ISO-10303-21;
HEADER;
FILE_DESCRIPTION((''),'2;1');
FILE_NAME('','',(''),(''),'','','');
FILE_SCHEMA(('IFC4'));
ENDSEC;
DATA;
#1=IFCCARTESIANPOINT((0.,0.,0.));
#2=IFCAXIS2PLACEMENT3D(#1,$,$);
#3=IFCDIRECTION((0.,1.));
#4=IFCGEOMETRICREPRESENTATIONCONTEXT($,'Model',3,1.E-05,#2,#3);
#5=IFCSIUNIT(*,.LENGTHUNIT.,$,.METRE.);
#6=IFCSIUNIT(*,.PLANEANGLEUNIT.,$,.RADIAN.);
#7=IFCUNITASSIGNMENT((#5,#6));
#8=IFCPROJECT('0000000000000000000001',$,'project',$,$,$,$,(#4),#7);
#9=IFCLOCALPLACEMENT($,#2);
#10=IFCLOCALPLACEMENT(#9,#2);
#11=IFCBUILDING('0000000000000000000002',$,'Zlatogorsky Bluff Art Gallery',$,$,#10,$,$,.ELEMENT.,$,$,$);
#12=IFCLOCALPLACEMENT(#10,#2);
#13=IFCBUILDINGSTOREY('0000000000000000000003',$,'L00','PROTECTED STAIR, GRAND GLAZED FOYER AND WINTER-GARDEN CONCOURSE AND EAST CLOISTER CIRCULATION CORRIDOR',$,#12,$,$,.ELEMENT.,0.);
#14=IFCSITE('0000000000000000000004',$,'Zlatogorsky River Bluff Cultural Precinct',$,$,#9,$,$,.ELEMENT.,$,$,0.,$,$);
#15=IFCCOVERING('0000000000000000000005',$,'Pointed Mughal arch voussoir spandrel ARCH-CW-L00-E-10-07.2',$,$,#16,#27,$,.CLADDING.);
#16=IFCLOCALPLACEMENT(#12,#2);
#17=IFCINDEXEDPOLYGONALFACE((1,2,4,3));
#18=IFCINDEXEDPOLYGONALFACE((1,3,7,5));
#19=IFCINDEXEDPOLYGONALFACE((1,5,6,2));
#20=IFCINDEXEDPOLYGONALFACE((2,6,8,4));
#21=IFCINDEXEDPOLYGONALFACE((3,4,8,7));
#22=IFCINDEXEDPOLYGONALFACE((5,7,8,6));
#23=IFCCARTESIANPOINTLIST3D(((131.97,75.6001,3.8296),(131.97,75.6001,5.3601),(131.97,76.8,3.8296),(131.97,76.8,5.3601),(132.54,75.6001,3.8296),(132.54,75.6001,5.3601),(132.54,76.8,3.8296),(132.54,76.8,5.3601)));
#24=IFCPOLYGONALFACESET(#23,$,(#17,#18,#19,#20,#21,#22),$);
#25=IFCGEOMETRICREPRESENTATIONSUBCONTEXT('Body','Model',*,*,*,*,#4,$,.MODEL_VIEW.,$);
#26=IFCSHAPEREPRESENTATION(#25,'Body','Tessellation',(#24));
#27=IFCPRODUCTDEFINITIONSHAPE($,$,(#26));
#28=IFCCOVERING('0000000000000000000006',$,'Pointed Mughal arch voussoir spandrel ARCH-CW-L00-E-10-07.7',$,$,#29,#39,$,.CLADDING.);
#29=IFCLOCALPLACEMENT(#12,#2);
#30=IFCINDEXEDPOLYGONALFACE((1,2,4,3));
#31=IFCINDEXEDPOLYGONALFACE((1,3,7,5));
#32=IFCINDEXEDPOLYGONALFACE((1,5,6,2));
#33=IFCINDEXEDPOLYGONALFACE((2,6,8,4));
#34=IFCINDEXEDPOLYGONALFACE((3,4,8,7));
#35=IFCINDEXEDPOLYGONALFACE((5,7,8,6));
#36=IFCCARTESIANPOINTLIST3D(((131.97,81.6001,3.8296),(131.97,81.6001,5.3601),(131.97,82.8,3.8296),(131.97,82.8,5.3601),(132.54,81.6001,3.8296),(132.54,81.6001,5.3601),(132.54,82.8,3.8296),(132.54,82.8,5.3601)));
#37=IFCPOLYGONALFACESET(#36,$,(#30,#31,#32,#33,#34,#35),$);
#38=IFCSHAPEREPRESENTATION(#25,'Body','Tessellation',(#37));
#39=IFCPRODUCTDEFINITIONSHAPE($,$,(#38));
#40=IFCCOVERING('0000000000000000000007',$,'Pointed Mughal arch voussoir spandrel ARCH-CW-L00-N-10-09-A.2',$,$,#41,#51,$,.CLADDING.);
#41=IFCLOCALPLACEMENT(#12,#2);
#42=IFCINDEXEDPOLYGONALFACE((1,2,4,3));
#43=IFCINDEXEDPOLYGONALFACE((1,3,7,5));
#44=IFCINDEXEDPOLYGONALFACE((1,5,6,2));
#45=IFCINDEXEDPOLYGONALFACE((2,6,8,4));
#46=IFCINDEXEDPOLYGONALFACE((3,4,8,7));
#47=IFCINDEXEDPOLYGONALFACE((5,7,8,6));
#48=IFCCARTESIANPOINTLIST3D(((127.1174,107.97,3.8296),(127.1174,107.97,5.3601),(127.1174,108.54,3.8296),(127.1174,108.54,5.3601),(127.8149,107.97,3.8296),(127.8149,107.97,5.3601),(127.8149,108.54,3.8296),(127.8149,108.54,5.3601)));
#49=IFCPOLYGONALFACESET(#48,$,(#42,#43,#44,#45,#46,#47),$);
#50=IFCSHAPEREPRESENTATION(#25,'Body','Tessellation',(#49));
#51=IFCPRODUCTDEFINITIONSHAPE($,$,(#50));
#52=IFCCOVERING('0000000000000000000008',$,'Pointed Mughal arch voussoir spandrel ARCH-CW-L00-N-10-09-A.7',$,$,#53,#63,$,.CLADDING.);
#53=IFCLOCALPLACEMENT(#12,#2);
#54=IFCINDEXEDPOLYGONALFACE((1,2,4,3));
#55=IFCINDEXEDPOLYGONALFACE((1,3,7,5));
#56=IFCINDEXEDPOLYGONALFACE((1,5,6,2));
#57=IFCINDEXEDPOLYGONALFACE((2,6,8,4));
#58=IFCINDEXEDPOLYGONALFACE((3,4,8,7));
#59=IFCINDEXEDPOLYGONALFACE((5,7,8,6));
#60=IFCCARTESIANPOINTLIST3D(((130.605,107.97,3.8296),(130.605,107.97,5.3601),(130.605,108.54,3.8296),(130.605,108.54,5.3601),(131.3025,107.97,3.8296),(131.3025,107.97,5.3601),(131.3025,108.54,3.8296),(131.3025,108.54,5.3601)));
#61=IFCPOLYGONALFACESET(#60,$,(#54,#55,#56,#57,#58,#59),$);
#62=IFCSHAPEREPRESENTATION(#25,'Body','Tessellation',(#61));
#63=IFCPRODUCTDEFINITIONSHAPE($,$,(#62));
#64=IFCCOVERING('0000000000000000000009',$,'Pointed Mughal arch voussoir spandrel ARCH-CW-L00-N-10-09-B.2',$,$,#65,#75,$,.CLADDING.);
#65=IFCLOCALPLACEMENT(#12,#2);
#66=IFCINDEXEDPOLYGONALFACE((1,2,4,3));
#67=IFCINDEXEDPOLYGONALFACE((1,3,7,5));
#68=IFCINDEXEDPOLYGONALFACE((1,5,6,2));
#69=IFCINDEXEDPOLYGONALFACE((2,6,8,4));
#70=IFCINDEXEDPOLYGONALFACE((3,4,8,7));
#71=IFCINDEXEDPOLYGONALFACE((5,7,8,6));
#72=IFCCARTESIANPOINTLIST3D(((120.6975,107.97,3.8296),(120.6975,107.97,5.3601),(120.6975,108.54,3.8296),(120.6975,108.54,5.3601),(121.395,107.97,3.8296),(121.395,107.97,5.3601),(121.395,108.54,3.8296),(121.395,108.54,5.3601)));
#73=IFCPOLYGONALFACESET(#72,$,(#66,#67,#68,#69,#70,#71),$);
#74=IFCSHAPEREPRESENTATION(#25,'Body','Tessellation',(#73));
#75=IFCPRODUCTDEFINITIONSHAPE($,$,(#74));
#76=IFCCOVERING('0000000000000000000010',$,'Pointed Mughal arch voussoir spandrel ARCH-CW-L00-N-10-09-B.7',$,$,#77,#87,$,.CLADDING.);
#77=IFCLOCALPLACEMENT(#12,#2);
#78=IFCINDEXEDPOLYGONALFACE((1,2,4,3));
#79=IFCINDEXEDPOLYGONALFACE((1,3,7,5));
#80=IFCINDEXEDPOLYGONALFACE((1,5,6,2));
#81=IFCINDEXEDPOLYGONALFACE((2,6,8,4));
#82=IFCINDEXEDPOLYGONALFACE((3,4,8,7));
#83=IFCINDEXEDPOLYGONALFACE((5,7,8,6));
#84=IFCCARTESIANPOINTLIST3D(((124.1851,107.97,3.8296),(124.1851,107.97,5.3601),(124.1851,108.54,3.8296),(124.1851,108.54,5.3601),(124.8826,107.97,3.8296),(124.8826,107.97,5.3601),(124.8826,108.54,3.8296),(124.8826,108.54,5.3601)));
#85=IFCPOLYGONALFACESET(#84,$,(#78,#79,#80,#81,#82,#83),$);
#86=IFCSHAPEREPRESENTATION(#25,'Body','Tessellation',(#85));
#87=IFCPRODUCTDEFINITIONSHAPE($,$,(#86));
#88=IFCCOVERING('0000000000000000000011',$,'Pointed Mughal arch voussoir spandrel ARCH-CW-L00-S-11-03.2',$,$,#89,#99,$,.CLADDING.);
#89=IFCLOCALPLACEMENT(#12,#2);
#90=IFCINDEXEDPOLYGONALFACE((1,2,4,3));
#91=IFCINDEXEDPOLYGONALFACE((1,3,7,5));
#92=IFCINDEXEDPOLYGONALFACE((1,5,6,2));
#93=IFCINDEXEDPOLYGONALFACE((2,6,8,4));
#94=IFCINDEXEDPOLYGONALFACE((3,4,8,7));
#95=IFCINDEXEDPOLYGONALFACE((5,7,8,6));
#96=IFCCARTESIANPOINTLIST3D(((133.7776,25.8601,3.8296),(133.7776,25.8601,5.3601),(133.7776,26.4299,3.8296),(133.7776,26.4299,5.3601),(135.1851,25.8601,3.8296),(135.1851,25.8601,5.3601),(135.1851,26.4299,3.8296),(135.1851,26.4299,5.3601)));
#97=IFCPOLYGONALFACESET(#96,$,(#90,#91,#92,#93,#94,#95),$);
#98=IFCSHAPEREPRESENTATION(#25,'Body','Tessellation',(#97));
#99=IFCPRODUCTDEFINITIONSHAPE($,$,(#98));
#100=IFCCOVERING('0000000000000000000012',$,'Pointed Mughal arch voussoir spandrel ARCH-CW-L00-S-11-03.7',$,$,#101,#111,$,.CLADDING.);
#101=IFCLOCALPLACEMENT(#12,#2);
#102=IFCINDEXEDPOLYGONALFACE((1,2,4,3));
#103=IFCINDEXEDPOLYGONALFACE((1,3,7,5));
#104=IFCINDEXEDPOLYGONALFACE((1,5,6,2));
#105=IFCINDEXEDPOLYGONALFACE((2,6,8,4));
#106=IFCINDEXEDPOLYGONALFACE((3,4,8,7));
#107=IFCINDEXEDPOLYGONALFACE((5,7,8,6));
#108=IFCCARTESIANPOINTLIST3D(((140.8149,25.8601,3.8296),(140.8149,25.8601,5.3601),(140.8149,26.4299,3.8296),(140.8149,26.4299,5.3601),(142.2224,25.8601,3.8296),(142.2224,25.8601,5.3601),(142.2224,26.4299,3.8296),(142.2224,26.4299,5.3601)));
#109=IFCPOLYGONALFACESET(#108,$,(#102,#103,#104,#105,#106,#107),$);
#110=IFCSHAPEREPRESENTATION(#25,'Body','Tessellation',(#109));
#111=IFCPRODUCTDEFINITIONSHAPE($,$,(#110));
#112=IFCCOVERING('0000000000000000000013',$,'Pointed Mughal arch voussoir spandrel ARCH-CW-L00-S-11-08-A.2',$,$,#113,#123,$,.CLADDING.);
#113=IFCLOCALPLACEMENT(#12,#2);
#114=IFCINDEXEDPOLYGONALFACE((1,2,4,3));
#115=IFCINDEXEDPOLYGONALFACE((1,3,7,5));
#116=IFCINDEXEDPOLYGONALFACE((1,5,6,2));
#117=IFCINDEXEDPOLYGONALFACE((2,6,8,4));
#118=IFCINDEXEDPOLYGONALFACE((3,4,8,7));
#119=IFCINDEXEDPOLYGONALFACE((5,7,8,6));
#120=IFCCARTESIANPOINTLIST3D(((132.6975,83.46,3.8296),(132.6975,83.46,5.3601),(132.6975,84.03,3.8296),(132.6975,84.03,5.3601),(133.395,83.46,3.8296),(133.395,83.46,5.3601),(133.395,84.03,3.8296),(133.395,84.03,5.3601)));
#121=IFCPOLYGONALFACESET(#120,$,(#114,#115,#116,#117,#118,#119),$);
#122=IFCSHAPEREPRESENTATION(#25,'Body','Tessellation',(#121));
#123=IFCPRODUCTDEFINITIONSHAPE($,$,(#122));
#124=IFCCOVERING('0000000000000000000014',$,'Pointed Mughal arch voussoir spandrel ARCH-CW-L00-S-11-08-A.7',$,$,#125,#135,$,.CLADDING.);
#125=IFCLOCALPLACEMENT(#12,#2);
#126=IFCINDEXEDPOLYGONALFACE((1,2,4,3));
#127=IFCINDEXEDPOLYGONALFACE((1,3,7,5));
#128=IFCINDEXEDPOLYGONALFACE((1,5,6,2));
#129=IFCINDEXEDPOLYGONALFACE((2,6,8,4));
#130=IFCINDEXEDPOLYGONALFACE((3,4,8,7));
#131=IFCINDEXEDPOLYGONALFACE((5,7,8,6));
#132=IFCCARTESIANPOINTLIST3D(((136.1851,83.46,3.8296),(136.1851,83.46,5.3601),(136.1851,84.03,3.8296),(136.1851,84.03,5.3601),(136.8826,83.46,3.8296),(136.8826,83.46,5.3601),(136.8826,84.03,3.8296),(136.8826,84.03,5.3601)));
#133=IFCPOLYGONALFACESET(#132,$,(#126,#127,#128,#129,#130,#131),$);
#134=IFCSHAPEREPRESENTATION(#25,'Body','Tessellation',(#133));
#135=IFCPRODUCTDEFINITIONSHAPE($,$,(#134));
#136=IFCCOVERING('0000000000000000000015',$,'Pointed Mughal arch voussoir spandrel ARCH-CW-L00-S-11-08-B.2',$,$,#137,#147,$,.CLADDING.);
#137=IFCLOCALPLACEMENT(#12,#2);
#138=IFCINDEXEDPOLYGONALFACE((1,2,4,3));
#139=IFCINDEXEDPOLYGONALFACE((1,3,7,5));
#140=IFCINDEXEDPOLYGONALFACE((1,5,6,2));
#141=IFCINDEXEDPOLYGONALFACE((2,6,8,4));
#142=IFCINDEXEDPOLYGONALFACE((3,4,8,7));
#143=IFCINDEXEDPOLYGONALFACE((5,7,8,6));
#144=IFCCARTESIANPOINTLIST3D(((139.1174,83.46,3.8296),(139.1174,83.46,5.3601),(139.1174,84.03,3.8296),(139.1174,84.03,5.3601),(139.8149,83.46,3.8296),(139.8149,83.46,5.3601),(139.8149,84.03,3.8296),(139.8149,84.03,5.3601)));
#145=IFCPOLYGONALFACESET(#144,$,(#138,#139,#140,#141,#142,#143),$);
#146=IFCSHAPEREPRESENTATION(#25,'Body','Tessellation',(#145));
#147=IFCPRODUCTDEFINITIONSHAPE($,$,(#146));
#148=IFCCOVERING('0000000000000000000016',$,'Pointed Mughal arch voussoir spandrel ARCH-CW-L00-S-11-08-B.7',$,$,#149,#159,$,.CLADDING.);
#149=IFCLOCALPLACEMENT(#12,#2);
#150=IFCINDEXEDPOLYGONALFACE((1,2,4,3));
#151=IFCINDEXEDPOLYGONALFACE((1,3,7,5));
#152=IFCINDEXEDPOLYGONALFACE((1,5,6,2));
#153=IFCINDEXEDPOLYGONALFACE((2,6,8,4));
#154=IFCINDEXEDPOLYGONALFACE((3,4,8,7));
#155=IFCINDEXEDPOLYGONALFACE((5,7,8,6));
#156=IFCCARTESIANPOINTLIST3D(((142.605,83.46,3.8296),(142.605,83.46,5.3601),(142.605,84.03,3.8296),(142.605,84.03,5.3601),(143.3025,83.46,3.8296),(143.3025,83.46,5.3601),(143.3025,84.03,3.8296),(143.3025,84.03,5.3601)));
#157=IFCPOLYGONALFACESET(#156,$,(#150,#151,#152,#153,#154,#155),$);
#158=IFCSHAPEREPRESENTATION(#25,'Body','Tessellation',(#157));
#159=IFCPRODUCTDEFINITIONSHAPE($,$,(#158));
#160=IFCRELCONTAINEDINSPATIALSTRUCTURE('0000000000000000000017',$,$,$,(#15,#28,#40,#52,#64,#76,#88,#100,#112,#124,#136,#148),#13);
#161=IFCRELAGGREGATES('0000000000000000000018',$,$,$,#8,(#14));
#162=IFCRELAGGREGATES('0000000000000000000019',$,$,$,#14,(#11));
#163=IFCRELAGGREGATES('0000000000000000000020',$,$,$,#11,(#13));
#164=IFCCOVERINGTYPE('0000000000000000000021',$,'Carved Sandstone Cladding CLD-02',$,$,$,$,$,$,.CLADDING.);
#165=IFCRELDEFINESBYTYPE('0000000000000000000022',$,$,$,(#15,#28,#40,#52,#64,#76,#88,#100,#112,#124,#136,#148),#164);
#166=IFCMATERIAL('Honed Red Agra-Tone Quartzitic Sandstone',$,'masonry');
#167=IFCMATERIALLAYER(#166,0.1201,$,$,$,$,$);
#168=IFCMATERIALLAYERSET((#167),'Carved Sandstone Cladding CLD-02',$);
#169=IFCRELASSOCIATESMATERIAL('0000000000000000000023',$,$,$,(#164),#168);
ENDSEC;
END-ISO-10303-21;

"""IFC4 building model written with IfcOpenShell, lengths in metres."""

from ifc_helpers import new_model, si_unit, direction, frame, origin, place, context, subcontext, project, spatial, polyline, outline, extrude, material, layer, layer_set, type_object, element, save


model = new_model("IFC4")

# Units and contexts
model_context = context("Model", 3, precision=1e-05, world=origin(), true_north=direction((0.0, 1.0)))
body_context = subcontext(model_context, "Body", "Model", "MODEL_VIEW")
ifc_project = project(units=[si_unit("LENGTHUNIT", "METRE"), si_unit("PLANEANGLEUNIT", "RADIAN")], contexts=[model_context])

# Site, building, storey
site_placement = place(None, origin())
site = spatial("IfcSite", under=ifc_project, at=site_placement, Name="Zlatogorsky River Bluff Cultural Precinct", CompositionType="ELEMENT", RefElevation=0.0)
building_placement = place(site_placement, origin())
building = spatial("IfcBuilding", under=site, at=building_placement, Name="Zlatogorsky Bluff Art Gallery", CompositionType="ELEMENT")
storey_placement = place(building_placement, origin())
storey = spatial("IfcBuildingStorey", under=building, at=storey_placement, Name="L00", Description="PROTECTED STAIR, GRAND GLAZED FOYER AND WINTER-GARDEN CONCOURSE AND EAST CLOISTER CIRCULATION CORRIDOR", CompositionType="ELEMENT", Elevation=0.0)

# Coverings
ifc_material = material(Name="Honed Red Agra-Tone Quartzitic Sandstone", Category="masonry")
ifc_layer = layer(ifc_material, 0.1201)
ifc_layer_set = layer_set([ifc_layer], Name="Carved Sandstone Cladding CLD-02")
covering_type = type_object("IfcCoveringType", Name="Carved Sandstone Cladding CLD-02", PredefinedType="CLADDING", material=ifc_layer_set)
covering_1_placement = place(storey_placement, frame((0.0, 0.0, 3.8296)))
element("IfcCovering", 1, at=covering_1_placement, inside=storey, type_object=covering_type, Name="Pointed Mughal arch voussoir spandrel ARCH-CW-L00-E-10-07.2", PredefinedType="CLADDING", context=body_context, shape_type="SweptSolid", body=[
    extrude(outline(polyline([(131.97, 75.6001), (131.97, 76.8), (132.54, 76.8), (132.54, 75.6001), (131.97, 75.6001)])), origin(), (0.0, 0.0, 1.0), 1.5305),
])
covering_2_placement = place(storey_placement, frame((0.0, 0.0, 3.8296)))
element("IfcCovering", 2, at=covering_2_placement, inside=storey, type_object=covering_type, Name="Pointed Mughal arch voussoir spandrel ARCH-CW-L00-E-10-07.7", PredefinedType="CLADDING", context=body_context, shape_type="SweptSolid", body=[
    extrude(outline(polyline([(131.97, 81.6001), (131.97, 82.8), (132.54, 82.8), (132.54, 81.6001), (131.97, 81.6001)])), origin(), (0.0, 0.0, 1.0), 1.5305),
])
covering_3_placement = place(storey_placement, frame((0.0, 0.0, 3.8296)))
element("IfcCovering", 3, at=covering_3_placement, inside=storey, type_object=covering_type, Name="Pointed Mughal arch voussoir spandrel ARCH-CW-L00-N-10-09-A.2", PredefinedType="CLADDING", context=body_context, shape_type="SweptSolid", body=[
    extrude(outline(polyline([(127.1174, 107.97), (127.8149, 107.97), (127.8149, 108.54), (127.1174, 108.54), (127.1174, 107.97)])), origin(), (0.0, 0.0, 1.0), 1.5305),
])
covering_4_placement = place(storey_placement, frame((0.0, 0.0, 3.8296)))
element("IfcCovering", 4, at=covering_4_placement, inside=storey, type_object=covering_type, Name="Pointed Mughal arch voussoir spandrel ARCH-CW-L00-N-10-09-A.7", PredefinedType="CLADDING", context=body_context, shape_type="SweptSolid", body=[
    extrude(outline(polyline([(130.605, 107.97), (131.3025, 107.97), (131.3025, 108.54), (130.605, 108.54), (130.605, 107.97)])), origin(), (0.0, 0.0, 1.0), 1.5305),
])
covering_5_placement = place(storey_placement, frame((0.0, 0.0, 3.8296)))
element("IfcCovering", 5, at=covering_5_placement, inside=storey, type_object=covering_type, Name="Pointed Mughal arch voussoir spandrel ARCH-CW-L00-N-10-09-B.2", PredefinedType="CLADDING", context=body_context, shape_type="SweptSolid", body=[
    extrude(outline(polyline([(120.6975, 107.97), (121.395, 107.97), (121.395, 108.54), (120.6975, 108.54), (120.6975, 107.97)])), origin(), (0.0, 0.0, 1.0), 1.5305),
])
covering_6_placement = place(storey_placement, frame((0.0, 0.0, 3.8296)))
element("IfcCovering", 6, at=covering_6_placement, inside=storey, type_object=covering_type, Name="Pointed Mughal arch voussoir spandrel ARCH-CW-L00-N-10-09-B.7", PredefinedType="CLADDING", context=body_context, shape_type="SweptSolid", body=[
    extrude(outline(polyline([(124.1851, 107.97), (124.8826, 107.97), (124.8826, 108.54), (124.1851, 108.54), (124.1851, 107.97)])), origin(), (0.0, 0.0, 1.0), 1.5305),
])
covering_7_placement = place(storey_placement, frame((0.0, 0.0, 3.8296)))
element("IfcCovering", 7, at=covering_7_placement, inside=storey, type_object=covering_type, Name="Pointed Mughal arch voussoir spandrel ARCH-CW-L00-S-11-03.2", PredefinedType="CLADDING", context=body_context, shape_type="SweptSolid", body=[
    extrude(outline(polyline([(133.7776, 25.8601), (135.1851, 25.8601), (135.1851, 26.4299), (133.7776, 26.4299), (133.7776, 25.8601)])), origin(), (0.0, 0.0, 1.0), 1.5305),
])
covering_8_placement = place(storey_placement, frame((0.0, 0.0, 3.8296)))
element("IfcCovering", 8, at=covering_8_placement, inside=storey, type_object=covering_type, Name="Pointed Mughal arch voussoir spandrel ARCH-CW-L00-S-11-03.7", PredefinedType="CLADDING", context=body_context, shape_type="SweptSolid", body=[
    extrude(outline(polyline([(140.8149, 25.8601), (142.2224, 25.8601), (142.2224, 26.4299), (140.8149, 26.4299), (140.8149, 25.8601)])), origin(), (0.0, 0.0, 1.0), 1.5305),
])
covering_9_placement = place(storey_placement, frame((0.0, 0.0, 3.8296)))
element("IfcCovering", 9, at=covering_9_placement, inside=storey, type_object=covering_type, Name="Pointed Mughal arch voussoir spandrel ARCH-CW-L00-S-11-08-A.2", PredefinedType="CLADDING", context=body_context, shape_type="SweptSolid", body=[
    extrude(outline(polyline([(132.6975, 83.46), (133.395, 83.46), (133.395, 84.03), (132.6975, 84.03), (132.6975, 83.46)])), origin(), (0.0, 0.0, 1.0), 1.5305),
])
covering_10_placement = place(storey_placement, frame((0.0, 0.0, 3.8296)))
element("IfcCovering", 10, at=covering_10_placement, inside=storey, type_object=covering_type, Name="Pointed Mughal arch voussoir spandrel ARCH-CW-L00-S-11-08-A.7", PredefinedType="CLADDING", context=body_context, shape_type="SweptSolid", body=[
    extrude(outline(polyline([(136.1851, 83.46), (136.8826, 83.46), (136.8826, 84.03), (136.1851, 84.03), (136.1851, 83.46)])), origin(), (0.0, 0.0, 1.0), 1.5305),
])
covering_11_placement = place(storey_placement, frame((0.0, 0.0, 3.8296)))
element("IfcCovering", 11, at=covering_11_placement, inside=storey, type_object=covering_type, Name="Pointed Mughal arch voussoir spandrel ARCH-CW-L00-S-11-08-B.2", PredefinedType="CLADDING", context=body_context, shape_type="SweptSolid", body=[
    extrude(outline(polyline([(139.1174, 83.46), (139.8149, 83.46), (139.8149, 84.03), (139.1174, 84.03), (139.1174, 83.46)])), origin(), (0.0, 0.0, 1.0), 1.5305),
])
covering_12_placement = place(storey_placement, frame((0.0, 0.0, 3.8296)))
element("IfcCovering", 12, at=covering_12_placement, inside=storey, type_object=covering_type, Name="Pointed Mughal arch voussoir spandrel ARCH-CW-L00-S-11-08-B.7", PredefinedType="CLADDING", context=body_context, shape_type="SweptSolid", body=[
    extrude(outline(polyline([(142.605, 83.46), (143.3025, 83.46), (143.3025, 84.03), (142.605, 84.03), (142.605, 83.46)])), origin(), (0.0, 0.0, 1.0), 1.5305),
])

save(model, "model.ifc")
